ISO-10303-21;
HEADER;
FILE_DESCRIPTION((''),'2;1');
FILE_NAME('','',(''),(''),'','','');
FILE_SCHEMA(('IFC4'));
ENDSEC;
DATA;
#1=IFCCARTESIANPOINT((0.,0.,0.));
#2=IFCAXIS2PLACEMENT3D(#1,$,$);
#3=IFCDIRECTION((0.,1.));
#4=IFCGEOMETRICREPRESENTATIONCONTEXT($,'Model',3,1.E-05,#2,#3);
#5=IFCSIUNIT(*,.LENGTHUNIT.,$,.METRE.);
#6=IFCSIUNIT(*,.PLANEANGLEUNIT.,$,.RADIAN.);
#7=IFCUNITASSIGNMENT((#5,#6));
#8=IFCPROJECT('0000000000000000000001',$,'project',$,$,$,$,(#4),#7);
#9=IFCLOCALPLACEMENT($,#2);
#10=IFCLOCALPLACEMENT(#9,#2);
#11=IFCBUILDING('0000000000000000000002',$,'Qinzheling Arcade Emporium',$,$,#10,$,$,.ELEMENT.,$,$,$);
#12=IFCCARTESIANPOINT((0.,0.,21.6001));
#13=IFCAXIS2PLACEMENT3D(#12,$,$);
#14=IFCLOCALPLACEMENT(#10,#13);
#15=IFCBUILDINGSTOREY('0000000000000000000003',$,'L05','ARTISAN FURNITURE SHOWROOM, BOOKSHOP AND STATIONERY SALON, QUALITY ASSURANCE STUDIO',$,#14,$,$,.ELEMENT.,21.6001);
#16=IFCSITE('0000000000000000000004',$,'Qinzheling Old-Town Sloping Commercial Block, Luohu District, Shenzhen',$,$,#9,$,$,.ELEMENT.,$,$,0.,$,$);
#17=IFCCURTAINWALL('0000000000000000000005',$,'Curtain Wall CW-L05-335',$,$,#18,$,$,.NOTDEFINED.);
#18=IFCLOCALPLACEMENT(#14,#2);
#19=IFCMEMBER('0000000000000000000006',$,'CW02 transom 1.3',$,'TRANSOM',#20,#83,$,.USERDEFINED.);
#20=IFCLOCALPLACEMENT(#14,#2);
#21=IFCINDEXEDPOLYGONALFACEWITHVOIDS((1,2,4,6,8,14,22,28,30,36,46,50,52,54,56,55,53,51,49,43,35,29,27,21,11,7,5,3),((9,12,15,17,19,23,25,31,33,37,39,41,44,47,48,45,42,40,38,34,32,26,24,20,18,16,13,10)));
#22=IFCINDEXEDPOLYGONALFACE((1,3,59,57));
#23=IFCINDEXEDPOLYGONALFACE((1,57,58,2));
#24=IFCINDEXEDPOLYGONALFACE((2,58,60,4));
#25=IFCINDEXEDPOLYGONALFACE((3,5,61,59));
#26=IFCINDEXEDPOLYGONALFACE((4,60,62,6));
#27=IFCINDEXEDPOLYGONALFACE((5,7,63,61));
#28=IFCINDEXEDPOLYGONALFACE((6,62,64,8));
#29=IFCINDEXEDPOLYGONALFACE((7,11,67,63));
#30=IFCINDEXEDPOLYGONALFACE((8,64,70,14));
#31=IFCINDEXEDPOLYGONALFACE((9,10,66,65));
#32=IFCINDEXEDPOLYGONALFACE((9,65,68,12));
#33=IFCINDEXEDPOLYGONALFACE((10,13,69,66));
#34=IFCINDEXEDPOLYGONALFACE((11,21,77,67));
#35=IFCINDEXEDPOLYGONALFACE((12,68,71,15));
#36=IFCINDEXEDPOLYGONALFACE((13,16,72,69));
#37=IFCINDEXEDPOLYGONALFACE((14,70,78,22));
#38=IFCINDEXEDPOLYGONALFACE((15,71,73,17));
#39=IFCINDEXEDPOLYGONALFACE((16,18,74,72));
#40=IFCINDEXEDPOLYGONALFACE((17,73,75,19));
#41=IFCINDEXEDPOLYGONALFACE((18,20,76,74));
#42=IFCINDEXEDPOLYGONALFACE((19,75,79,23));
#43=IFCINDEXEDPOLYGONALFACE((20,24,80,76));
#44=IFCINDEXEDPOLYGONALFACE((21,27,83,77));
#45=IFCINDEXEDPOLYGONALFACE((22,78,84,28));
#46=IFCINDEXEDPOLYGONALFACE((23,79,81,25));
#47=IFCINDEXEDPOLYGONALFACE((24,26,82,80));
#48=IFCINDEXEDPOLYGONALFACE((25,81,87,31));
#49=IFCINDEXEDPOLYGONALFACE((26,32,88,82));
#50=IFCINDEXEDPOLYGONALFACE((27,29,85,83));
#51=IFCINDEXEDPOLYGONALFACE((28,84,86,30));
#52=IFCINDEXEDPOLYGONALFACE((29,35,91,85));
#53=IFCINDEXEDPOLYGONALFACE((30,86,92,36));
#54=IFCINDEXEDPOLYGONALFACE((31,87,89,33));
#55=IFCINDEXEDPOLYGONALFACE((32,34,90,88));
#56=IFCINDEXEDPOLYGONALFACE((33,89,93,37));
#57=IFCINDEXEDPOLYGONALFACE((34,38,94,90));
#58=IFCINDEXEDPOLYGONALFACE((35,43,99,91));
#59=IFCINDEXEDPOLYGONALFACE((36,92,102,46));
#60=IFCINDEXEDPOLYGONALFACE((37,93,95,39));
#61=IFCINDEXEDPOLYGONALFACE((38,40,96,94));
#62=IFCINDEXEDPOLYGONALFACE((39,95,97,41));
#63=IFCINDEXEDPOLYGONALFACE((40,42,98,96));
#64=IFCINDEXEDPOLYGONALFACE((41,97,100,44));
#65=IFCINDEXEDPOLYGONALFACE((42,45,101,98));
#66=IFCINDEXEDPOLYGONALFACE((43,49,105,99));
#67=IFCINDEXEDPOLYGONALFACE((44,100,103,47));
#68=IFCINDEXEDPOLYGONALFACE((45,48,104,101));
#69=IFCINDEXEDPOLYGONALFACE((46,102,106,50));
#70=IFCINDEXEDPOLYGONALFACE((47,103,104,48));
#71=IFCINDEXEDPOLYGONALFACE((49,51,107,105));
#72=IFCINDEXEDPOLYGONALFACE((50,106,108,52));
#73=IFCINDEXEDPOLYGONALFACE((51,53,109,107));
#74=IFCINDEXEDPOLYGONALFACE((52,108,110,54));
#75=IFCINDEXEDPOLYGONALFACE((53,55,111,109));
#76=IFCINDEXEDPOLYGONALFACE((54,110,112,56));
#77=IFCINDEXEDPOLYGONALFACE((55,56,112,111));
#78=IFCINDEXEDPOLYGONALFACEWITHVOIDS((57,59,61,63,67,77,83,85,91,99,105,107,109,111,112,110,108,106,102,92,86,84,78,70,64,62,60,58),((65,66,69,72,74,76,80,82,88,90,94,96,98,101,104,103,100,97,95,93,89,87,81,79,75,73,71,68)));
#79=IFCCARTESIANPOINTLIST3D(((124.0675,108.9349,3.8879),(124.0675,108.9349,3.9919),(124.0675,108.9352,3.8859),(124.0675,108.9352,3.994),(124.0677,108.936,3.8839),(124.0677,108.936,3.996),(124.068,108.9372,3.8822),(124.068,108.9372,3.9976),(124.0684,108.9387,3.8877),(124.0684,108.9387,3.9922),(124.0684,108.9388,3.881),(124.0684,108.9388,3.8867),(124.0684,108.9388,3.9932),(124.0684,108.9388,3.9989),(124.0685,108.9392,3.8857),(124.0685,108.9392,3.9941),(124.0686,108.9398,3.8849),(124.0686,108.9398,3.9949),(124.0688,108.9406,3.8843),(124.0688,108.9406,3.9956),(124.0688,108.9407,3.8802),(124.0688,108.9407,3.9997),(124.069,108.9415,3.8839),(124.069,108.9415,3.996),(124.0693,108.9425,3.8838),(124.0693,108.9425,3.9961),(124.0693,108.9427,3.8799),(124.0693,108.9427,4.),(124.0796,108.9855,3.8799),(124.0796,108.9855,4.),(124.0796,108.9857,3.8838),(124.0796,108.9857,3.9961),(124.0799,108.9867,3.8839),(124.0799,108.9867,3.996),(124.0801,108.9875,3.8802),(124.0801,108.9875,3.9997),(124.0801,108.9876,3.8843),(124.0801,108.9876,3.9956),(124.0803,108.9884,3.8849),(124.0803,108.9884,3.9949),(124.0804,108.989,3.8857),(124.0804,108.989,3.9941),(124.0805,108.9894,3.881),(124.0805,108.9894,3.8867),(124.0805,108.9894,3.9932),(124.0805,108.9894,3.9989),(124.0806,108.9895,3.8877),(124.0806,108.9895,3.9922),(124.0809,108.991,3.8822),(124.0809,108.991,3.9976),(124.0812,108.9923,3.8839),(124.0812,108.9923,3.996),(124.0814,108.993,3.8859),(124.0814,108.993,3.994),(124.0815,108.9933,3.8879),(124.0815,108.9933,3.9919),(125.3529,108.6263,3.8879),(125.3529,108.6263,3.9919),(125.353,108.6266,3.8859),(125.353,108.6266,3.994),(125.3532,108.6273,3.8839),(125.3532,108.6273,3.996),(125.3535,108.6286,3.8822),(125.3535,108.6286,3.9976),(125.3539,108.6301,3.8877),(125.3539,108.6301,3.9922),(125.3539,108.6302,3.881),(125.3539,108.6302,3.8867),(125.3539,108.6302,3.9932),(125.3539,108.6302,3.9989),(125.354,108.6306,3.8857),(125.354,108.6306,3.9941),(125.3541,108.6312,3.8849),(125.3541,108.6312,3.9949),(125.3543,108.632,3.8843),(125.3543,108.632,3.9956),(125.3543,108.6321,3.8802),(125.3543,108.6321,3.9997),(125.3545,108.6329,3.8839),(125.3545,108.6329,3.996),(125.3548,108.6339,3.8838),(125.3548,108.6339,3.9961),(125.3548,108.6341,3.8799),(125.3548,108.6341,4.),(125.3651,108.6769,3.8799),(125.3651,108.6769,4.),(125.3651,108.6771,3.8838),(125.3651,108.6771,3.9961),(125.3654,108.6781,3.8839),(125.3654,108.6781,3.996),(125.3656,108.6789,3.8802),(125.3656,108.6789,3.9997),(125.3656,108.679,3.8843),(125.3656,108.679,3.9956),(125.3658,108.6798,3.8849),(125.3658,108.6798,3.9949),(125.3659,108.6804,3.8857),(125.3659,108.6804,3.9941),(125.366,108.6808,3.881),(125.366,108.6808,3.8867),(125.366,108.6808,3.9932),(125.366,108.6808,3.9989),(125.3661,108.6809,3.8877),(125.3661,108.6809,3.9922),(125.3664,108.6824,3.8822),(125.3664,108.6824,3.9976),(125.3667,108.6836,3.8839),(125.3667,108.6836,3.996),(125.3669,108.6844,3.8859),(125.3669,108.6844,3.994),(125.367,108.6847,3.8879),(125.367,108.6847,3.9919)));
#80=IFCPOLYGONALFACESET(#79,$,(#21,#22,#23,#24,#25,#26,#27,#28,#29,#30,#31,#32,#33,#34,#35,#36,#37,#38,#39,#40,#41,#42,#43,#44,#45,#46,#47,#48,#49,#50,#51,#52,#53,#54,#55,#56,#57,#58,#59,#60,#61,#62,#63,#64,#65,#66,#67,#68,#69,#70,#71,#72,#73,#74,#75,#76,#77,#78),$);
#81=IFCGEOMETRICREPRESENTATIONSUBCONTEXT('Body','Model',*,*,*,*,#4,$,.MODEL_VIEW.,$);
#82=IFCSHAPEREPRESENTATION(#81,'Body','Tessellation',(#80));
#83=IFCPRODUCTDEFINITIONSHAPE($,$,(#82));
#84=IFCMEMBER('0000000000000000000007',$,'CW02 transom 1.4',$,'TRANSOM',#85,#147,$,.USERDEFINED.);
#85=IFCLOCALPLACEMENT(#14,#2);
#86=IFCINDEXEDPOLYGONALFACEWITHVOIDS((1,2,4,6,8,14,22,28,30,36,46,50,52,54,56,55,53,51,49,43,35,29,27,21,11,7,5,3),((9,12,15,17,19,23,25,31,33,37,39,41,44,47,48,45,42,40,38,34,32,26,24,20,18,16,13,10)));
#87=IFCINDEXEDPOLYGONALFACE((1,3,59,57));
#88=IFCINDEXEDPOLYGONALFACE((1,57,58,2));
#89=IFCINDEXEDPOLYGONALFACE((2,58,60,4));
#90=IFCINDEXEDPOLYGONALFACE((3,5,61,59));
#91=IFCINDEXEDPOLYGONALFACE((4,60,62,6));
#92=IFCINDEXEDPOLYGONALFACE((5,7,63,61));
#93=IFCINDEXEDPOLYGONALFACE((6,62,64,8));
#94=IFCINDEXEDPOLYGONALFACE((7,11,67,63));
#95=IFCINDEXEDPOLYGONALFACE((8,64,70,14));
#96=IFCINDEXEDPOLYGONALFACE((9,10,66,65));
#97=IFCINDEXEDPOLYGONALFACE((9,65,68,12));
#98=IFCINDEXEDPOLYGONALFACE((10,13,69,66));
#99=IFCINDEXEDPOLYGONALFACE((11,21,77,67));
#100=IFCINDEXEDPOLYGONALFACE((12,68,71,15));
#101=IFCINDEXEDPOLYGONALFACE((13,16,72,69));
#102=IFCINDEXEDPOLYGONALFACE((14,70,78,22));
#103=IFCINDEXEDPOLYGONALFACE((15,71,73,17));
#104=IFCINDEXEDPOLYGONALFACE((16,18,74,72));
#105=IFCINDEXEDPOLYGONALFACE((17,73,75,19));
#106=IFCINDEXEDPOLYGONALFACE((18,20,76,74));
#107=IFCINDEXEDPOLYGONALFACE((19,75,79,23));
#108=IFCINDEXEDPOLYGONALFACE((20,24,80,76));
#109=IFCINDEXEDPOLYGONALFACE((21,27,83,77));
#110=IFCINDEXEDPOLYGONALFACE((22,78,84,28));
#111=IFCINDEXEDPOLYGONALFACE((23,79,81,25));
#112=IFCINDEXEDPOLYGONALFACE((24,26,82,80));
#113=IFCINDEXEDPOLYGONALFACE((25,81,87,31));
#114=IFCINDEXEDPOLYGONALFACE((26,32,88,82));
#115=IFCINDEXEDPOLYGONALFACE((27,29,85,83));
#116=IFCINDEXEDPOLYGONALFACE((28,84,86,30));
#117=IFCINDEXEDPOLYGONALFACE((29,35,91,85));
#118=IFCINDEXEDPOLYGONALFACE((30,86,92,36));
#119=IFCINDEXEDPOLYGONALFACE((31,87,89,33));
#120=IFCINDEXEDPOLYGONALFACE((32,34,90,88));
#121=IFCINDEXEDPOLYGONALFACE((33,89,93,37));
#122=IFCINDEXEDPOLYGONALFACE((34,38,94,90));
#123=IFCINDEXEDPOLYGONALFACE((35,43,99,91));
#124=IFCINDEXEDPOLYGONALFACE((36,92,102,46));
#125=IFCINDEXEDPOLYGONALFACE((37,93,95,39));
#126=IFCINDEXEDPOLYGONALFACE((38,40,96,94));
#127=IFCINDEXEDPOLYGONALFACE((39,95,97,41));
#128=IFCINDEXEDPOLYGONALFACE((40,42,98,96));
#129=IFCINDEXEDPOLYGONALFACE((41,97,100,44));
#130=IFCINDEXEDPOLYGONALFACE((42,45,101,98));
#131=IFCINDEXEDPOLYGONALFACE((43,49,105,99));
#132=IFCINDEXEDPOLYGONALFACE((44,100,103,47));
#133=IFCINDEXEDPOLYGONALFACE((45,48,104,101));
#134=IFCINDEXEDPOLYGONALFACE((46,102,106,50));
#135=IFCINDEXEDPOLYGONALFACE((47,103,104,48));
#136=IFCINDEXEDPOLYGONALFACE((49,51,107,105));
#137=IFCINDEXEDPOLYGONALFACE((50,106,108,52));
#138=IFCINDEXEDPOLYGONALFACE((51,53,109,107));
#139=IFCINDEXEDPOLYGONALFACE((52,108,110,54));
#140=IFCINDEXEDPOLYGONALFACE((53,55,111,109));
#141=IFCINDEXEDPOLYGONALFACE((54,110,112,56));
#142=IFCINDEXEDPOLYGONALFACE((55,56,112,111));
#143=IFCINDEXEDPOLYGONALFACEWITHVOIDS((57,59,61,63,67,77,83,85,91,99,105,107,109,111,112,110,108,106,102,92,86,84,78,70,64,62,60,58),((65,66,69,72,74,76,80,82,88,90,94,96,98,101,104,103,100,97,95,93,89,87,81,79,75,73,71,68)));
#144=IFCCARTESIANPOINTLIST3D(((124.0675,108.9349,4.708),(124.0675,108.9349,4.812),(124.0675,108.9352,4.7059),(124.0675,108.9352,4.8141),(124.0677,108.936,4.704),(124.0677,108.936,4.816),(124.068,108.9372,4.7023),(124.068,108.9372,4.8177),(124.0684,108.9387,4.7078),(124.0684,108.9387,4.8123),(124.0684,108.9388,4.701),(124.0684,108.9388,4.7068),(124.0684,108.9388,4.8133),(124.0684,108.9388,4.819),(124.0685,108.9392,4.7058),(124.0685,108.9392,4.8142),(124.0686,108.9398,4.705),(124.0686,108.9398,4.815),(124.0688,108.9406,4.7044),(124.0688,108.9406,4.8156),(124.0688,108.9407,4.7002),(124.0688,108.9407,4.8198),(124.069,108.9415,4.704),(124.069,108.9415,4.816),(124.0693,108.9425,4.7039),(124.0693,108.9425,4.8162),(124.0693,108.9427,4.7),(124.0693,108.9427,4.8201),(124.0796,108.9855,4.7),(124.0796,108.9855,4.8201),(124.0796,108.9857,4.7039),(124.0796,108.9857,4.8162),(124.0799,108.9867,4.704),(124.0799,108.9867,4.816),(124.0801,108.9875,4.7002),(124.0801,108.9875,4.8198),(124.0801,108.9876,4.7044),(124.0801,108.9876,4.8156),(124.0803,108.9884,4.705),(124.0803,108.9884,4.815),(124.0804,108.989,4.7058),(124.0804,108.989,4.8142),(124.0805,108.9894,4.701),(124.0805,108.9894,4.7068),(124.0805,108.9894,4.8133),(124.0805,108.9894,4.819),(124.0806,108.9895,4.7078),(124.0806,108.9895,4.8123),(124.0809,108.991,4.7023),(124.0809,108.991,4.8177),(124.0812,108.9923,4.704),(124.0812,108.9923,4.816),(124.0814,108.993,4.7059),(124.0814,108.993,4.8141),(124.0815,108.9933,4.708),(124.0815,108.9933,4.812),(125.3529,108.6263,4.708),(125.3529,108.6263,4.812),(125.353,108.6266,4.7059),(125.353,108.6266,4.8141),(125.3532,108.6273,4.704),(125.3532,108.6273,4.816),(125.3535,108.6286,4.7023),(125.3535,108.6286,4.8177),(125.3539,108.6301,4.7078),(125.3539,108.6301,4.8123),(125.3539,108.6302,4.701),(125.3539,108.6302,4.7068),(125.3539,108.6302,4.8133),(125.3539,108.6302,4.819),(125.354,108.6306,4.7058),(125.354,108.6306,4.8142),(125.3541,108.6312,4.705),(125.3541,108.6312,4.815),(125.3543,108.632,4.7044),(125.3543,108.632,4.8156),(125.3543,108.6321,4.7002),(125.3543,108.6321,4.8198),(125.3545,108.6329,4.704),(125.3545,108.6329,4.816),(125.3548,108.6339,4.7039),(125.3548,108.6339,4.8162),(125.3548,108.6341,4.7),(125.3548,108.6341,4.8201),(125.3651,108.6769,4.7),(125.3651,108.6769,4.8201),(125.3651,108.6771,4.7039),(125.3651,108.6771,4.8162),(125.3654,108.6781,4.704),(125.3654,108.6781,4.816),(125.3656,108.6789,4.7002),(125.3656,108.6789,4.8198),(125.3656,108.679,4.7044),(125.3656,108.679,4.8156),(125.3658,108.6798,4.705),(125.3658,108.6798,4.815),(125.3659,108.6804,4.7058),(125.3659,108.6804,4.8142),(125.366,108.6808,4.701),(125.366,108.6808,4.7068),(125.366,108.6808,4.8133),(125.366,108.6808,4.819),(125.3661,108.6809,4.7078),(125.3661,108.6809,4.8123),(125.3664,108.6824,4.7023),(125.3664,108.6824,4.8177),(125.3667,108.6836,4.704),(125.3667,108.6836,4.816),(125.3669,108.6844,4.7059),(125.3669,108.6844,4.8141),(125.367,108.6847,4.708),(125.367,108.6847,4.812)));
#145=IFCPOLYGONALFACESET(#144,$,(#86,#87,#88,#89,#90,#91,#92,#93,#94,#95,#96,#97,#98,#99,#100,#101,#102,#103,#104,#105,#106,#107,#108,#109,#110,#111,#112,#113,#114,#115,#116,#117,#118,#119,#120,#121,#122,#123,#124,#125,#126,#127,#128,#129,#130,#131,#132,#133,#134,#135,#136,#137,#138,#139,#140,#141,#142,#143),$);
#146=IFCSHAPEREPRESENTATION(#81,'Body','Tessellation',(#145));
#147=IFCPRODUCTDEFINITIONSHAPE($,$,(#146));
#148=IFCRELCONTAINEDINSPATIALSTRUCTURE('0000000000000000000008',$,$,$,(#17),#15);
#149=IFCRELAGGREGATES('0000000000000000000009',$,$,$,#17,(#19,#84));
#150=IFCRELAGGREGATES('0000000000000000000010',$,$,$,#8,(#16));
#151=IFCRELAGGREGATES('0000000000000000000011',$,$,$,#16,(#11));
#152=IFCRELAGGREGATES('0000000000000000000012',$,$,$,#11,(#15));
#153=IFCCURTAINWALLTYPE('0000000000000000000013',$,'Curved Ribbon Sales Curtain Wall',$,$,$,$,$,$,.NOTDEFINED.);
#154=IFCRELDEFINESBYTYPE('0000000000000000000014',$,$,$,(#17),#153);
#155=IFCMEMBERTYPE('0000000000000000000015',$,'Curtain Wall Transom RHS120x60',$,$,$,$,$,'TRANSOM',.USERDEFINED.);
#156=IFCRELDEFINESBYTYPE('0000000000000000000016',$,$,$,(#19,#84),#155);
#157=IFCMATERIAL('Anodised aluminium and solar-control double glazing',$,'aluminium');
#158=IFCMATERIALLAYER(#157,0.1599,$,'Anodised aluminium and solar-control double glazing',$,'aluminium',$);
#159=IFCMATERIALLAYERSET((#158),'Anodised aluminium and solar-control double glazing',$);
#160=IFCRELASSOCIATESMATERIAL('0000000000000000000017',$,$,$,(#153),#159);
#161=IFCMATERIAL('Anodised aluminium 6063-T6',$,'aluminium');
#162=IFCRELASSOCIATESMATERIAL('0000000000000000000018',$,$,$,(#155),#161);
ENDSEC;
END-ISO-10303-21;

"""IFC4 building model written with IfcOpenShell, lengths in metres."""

from ifc_helpers import new_model, si_unit, direction, frame, origin, origin_2d, place, context, subcontext, project, spatial, hollow_rectangle, extrude, material, layer, layer_set, material_profile, profile_set, type_object, element, aggregate, save


model = new_model("IFC4")

# Units and contexts
model_context = context("Model", 3, precision=1e-05, world=origin(), true_north=direction((0.0, 1.0)))
body_context = subcontext(model_context, "Body", "Model", "MODEL_VIEW")
ifc_project = project(units=[si_unit("LENGTHUNIT", "METRE"), si_unit("PLANEANGLEUNIT", "RADIAN")], contexts=[model_context])

# Site, building, storey
site_placement = place(None, origin())
site = spatial("IfcSite", under=ifc_project, at=site_placement, Name="Qinzheling Old-Town Sloping Commercial Block, Luohu District, Shenzhen", CompositionType="ELEMENT", RefElevation=0.0)
building_placement = place(site_placement, origin())
building = spatial("IfcBuilding", under=site, at=building_placement, Name="Qinzheling Arcade Emporium", CompositionType="ELEMENT")
storey_placement = place(building_placement, frame((0.0, 0.0, 21.6001)))
storey = spatial("IfcBuildingStorey", under=building, at=storey_placement, Name="L05", Description="ARTISAN FURNITURE SHOWROOM, BOOKSHOP AND STATIONERY SALON, QUALITY ASSURANCE STUDIO", CompositionType="ELEMENT", Elevation=21.6001)

# Curtain wall, members
ifc_material_1 = material(Name="Anodised aluminium and solar-control double glazing", Category="aluminium")
ifc_layer_1 = layer(ifc_material_1, 0.1599, Name="Anodised aluminium and solar-control double glazing", Category="aluminium")
ifc_layer_set_1 = layer_set([ifc_layer_1], Name="Anodised aluminium and solar-control double glazing")
curtain_wall_type = type_object("IfcCurtainWallType", Name="Curved Ribbon Sales Curtain Wall", PredefinedType="NOTDEFINED", material=ifc_layer_set_1)
curtain_wall_placement = place(storey_placement, origin())
curtain_wall = element("IfcCurtainWall", 1, at=curtain_wall_placement, inside=storey, type_object=curtain_wall_type, Name="Curtain Wall CW-L05-335", PredefinedType="NOTDEFINED")
ifc_material_2 = material(Name="Anodised aluminium 6063-T6", Category="aluminium")
ifc_material_profile_1 = material_profile(ifc_material_2, hollow_rectangle(XDim=0.0601, YDim=0.1201, WallThickness=0.0039, InnerFilletRadius=0.0039, OuterFilletRadius=0.0081, at=origin_2d()), Name="RHS 120x60x4", Category="aluminium")
ifc_profile_set_1 = profile_set([ifc_material_profile_1], Name="Anodised aluminium 6063-T6")
member_type_1 = type_object("IfcMemberType", Name="Curtain Wall Transom RHS120x60", ElementType="TRANSOM", PredefinedType="USERDEFINED", material=ifc_profile_set_1)
member_1_placement = place(storey_placement, frame((124.0745, 108.9641, 3.9399), z_axis=(0.972371, -0.233443, 0.0), x_axis=(0.233443, 0.972371, 0.0)))
member_1 = element("IfcMember", 2, at=member_1_placement, type_object=member_type_1, Name="CW02 transom 1.3", ObjectType="TRANSOM", PredefinedType="USERDEFINED", context=body_context, shape_type="SweptSolid", body=[
    extrude(hollow_rectangle(XDim=0.0601, YDim=0.1201, WallThickness=0.0039, InnerFilletRadius=0.0039, OuterFilletRadius=0.0081, at=origin_2d()), origin(), (0.0, 0.0, 1.0), 1.322),
])
member_2_placement = place(storey_placement, frame((124.0745, 108.9641, 4.76), z_axis=(0.972371, -0.233443, 0.0), x_axis=(0.233443, 0.972371, 0.0)))
member_2 = element("IfcMember", 3, at=member_2_placement, type_object=member_type_1, Name="CW02 transom 1.4", ObjectType="TRANSOM", PredefinedType="USERDEFINED", context=body_context, shape_type="SweptSolid", body=[
    extrude(hollow_rectangle(XDim=0.0601, YDim=0.1201, WallThickness=0.0039, InnerFilletRadius=0.0039, OuterFilletRadius=0.0081, at=origin_2d()), origin(), (0.0, 0.0, 1.0), 1.322),
])

aggregate(curtain_wall, [member_1, member_2])

save(model, "model.ifc")
